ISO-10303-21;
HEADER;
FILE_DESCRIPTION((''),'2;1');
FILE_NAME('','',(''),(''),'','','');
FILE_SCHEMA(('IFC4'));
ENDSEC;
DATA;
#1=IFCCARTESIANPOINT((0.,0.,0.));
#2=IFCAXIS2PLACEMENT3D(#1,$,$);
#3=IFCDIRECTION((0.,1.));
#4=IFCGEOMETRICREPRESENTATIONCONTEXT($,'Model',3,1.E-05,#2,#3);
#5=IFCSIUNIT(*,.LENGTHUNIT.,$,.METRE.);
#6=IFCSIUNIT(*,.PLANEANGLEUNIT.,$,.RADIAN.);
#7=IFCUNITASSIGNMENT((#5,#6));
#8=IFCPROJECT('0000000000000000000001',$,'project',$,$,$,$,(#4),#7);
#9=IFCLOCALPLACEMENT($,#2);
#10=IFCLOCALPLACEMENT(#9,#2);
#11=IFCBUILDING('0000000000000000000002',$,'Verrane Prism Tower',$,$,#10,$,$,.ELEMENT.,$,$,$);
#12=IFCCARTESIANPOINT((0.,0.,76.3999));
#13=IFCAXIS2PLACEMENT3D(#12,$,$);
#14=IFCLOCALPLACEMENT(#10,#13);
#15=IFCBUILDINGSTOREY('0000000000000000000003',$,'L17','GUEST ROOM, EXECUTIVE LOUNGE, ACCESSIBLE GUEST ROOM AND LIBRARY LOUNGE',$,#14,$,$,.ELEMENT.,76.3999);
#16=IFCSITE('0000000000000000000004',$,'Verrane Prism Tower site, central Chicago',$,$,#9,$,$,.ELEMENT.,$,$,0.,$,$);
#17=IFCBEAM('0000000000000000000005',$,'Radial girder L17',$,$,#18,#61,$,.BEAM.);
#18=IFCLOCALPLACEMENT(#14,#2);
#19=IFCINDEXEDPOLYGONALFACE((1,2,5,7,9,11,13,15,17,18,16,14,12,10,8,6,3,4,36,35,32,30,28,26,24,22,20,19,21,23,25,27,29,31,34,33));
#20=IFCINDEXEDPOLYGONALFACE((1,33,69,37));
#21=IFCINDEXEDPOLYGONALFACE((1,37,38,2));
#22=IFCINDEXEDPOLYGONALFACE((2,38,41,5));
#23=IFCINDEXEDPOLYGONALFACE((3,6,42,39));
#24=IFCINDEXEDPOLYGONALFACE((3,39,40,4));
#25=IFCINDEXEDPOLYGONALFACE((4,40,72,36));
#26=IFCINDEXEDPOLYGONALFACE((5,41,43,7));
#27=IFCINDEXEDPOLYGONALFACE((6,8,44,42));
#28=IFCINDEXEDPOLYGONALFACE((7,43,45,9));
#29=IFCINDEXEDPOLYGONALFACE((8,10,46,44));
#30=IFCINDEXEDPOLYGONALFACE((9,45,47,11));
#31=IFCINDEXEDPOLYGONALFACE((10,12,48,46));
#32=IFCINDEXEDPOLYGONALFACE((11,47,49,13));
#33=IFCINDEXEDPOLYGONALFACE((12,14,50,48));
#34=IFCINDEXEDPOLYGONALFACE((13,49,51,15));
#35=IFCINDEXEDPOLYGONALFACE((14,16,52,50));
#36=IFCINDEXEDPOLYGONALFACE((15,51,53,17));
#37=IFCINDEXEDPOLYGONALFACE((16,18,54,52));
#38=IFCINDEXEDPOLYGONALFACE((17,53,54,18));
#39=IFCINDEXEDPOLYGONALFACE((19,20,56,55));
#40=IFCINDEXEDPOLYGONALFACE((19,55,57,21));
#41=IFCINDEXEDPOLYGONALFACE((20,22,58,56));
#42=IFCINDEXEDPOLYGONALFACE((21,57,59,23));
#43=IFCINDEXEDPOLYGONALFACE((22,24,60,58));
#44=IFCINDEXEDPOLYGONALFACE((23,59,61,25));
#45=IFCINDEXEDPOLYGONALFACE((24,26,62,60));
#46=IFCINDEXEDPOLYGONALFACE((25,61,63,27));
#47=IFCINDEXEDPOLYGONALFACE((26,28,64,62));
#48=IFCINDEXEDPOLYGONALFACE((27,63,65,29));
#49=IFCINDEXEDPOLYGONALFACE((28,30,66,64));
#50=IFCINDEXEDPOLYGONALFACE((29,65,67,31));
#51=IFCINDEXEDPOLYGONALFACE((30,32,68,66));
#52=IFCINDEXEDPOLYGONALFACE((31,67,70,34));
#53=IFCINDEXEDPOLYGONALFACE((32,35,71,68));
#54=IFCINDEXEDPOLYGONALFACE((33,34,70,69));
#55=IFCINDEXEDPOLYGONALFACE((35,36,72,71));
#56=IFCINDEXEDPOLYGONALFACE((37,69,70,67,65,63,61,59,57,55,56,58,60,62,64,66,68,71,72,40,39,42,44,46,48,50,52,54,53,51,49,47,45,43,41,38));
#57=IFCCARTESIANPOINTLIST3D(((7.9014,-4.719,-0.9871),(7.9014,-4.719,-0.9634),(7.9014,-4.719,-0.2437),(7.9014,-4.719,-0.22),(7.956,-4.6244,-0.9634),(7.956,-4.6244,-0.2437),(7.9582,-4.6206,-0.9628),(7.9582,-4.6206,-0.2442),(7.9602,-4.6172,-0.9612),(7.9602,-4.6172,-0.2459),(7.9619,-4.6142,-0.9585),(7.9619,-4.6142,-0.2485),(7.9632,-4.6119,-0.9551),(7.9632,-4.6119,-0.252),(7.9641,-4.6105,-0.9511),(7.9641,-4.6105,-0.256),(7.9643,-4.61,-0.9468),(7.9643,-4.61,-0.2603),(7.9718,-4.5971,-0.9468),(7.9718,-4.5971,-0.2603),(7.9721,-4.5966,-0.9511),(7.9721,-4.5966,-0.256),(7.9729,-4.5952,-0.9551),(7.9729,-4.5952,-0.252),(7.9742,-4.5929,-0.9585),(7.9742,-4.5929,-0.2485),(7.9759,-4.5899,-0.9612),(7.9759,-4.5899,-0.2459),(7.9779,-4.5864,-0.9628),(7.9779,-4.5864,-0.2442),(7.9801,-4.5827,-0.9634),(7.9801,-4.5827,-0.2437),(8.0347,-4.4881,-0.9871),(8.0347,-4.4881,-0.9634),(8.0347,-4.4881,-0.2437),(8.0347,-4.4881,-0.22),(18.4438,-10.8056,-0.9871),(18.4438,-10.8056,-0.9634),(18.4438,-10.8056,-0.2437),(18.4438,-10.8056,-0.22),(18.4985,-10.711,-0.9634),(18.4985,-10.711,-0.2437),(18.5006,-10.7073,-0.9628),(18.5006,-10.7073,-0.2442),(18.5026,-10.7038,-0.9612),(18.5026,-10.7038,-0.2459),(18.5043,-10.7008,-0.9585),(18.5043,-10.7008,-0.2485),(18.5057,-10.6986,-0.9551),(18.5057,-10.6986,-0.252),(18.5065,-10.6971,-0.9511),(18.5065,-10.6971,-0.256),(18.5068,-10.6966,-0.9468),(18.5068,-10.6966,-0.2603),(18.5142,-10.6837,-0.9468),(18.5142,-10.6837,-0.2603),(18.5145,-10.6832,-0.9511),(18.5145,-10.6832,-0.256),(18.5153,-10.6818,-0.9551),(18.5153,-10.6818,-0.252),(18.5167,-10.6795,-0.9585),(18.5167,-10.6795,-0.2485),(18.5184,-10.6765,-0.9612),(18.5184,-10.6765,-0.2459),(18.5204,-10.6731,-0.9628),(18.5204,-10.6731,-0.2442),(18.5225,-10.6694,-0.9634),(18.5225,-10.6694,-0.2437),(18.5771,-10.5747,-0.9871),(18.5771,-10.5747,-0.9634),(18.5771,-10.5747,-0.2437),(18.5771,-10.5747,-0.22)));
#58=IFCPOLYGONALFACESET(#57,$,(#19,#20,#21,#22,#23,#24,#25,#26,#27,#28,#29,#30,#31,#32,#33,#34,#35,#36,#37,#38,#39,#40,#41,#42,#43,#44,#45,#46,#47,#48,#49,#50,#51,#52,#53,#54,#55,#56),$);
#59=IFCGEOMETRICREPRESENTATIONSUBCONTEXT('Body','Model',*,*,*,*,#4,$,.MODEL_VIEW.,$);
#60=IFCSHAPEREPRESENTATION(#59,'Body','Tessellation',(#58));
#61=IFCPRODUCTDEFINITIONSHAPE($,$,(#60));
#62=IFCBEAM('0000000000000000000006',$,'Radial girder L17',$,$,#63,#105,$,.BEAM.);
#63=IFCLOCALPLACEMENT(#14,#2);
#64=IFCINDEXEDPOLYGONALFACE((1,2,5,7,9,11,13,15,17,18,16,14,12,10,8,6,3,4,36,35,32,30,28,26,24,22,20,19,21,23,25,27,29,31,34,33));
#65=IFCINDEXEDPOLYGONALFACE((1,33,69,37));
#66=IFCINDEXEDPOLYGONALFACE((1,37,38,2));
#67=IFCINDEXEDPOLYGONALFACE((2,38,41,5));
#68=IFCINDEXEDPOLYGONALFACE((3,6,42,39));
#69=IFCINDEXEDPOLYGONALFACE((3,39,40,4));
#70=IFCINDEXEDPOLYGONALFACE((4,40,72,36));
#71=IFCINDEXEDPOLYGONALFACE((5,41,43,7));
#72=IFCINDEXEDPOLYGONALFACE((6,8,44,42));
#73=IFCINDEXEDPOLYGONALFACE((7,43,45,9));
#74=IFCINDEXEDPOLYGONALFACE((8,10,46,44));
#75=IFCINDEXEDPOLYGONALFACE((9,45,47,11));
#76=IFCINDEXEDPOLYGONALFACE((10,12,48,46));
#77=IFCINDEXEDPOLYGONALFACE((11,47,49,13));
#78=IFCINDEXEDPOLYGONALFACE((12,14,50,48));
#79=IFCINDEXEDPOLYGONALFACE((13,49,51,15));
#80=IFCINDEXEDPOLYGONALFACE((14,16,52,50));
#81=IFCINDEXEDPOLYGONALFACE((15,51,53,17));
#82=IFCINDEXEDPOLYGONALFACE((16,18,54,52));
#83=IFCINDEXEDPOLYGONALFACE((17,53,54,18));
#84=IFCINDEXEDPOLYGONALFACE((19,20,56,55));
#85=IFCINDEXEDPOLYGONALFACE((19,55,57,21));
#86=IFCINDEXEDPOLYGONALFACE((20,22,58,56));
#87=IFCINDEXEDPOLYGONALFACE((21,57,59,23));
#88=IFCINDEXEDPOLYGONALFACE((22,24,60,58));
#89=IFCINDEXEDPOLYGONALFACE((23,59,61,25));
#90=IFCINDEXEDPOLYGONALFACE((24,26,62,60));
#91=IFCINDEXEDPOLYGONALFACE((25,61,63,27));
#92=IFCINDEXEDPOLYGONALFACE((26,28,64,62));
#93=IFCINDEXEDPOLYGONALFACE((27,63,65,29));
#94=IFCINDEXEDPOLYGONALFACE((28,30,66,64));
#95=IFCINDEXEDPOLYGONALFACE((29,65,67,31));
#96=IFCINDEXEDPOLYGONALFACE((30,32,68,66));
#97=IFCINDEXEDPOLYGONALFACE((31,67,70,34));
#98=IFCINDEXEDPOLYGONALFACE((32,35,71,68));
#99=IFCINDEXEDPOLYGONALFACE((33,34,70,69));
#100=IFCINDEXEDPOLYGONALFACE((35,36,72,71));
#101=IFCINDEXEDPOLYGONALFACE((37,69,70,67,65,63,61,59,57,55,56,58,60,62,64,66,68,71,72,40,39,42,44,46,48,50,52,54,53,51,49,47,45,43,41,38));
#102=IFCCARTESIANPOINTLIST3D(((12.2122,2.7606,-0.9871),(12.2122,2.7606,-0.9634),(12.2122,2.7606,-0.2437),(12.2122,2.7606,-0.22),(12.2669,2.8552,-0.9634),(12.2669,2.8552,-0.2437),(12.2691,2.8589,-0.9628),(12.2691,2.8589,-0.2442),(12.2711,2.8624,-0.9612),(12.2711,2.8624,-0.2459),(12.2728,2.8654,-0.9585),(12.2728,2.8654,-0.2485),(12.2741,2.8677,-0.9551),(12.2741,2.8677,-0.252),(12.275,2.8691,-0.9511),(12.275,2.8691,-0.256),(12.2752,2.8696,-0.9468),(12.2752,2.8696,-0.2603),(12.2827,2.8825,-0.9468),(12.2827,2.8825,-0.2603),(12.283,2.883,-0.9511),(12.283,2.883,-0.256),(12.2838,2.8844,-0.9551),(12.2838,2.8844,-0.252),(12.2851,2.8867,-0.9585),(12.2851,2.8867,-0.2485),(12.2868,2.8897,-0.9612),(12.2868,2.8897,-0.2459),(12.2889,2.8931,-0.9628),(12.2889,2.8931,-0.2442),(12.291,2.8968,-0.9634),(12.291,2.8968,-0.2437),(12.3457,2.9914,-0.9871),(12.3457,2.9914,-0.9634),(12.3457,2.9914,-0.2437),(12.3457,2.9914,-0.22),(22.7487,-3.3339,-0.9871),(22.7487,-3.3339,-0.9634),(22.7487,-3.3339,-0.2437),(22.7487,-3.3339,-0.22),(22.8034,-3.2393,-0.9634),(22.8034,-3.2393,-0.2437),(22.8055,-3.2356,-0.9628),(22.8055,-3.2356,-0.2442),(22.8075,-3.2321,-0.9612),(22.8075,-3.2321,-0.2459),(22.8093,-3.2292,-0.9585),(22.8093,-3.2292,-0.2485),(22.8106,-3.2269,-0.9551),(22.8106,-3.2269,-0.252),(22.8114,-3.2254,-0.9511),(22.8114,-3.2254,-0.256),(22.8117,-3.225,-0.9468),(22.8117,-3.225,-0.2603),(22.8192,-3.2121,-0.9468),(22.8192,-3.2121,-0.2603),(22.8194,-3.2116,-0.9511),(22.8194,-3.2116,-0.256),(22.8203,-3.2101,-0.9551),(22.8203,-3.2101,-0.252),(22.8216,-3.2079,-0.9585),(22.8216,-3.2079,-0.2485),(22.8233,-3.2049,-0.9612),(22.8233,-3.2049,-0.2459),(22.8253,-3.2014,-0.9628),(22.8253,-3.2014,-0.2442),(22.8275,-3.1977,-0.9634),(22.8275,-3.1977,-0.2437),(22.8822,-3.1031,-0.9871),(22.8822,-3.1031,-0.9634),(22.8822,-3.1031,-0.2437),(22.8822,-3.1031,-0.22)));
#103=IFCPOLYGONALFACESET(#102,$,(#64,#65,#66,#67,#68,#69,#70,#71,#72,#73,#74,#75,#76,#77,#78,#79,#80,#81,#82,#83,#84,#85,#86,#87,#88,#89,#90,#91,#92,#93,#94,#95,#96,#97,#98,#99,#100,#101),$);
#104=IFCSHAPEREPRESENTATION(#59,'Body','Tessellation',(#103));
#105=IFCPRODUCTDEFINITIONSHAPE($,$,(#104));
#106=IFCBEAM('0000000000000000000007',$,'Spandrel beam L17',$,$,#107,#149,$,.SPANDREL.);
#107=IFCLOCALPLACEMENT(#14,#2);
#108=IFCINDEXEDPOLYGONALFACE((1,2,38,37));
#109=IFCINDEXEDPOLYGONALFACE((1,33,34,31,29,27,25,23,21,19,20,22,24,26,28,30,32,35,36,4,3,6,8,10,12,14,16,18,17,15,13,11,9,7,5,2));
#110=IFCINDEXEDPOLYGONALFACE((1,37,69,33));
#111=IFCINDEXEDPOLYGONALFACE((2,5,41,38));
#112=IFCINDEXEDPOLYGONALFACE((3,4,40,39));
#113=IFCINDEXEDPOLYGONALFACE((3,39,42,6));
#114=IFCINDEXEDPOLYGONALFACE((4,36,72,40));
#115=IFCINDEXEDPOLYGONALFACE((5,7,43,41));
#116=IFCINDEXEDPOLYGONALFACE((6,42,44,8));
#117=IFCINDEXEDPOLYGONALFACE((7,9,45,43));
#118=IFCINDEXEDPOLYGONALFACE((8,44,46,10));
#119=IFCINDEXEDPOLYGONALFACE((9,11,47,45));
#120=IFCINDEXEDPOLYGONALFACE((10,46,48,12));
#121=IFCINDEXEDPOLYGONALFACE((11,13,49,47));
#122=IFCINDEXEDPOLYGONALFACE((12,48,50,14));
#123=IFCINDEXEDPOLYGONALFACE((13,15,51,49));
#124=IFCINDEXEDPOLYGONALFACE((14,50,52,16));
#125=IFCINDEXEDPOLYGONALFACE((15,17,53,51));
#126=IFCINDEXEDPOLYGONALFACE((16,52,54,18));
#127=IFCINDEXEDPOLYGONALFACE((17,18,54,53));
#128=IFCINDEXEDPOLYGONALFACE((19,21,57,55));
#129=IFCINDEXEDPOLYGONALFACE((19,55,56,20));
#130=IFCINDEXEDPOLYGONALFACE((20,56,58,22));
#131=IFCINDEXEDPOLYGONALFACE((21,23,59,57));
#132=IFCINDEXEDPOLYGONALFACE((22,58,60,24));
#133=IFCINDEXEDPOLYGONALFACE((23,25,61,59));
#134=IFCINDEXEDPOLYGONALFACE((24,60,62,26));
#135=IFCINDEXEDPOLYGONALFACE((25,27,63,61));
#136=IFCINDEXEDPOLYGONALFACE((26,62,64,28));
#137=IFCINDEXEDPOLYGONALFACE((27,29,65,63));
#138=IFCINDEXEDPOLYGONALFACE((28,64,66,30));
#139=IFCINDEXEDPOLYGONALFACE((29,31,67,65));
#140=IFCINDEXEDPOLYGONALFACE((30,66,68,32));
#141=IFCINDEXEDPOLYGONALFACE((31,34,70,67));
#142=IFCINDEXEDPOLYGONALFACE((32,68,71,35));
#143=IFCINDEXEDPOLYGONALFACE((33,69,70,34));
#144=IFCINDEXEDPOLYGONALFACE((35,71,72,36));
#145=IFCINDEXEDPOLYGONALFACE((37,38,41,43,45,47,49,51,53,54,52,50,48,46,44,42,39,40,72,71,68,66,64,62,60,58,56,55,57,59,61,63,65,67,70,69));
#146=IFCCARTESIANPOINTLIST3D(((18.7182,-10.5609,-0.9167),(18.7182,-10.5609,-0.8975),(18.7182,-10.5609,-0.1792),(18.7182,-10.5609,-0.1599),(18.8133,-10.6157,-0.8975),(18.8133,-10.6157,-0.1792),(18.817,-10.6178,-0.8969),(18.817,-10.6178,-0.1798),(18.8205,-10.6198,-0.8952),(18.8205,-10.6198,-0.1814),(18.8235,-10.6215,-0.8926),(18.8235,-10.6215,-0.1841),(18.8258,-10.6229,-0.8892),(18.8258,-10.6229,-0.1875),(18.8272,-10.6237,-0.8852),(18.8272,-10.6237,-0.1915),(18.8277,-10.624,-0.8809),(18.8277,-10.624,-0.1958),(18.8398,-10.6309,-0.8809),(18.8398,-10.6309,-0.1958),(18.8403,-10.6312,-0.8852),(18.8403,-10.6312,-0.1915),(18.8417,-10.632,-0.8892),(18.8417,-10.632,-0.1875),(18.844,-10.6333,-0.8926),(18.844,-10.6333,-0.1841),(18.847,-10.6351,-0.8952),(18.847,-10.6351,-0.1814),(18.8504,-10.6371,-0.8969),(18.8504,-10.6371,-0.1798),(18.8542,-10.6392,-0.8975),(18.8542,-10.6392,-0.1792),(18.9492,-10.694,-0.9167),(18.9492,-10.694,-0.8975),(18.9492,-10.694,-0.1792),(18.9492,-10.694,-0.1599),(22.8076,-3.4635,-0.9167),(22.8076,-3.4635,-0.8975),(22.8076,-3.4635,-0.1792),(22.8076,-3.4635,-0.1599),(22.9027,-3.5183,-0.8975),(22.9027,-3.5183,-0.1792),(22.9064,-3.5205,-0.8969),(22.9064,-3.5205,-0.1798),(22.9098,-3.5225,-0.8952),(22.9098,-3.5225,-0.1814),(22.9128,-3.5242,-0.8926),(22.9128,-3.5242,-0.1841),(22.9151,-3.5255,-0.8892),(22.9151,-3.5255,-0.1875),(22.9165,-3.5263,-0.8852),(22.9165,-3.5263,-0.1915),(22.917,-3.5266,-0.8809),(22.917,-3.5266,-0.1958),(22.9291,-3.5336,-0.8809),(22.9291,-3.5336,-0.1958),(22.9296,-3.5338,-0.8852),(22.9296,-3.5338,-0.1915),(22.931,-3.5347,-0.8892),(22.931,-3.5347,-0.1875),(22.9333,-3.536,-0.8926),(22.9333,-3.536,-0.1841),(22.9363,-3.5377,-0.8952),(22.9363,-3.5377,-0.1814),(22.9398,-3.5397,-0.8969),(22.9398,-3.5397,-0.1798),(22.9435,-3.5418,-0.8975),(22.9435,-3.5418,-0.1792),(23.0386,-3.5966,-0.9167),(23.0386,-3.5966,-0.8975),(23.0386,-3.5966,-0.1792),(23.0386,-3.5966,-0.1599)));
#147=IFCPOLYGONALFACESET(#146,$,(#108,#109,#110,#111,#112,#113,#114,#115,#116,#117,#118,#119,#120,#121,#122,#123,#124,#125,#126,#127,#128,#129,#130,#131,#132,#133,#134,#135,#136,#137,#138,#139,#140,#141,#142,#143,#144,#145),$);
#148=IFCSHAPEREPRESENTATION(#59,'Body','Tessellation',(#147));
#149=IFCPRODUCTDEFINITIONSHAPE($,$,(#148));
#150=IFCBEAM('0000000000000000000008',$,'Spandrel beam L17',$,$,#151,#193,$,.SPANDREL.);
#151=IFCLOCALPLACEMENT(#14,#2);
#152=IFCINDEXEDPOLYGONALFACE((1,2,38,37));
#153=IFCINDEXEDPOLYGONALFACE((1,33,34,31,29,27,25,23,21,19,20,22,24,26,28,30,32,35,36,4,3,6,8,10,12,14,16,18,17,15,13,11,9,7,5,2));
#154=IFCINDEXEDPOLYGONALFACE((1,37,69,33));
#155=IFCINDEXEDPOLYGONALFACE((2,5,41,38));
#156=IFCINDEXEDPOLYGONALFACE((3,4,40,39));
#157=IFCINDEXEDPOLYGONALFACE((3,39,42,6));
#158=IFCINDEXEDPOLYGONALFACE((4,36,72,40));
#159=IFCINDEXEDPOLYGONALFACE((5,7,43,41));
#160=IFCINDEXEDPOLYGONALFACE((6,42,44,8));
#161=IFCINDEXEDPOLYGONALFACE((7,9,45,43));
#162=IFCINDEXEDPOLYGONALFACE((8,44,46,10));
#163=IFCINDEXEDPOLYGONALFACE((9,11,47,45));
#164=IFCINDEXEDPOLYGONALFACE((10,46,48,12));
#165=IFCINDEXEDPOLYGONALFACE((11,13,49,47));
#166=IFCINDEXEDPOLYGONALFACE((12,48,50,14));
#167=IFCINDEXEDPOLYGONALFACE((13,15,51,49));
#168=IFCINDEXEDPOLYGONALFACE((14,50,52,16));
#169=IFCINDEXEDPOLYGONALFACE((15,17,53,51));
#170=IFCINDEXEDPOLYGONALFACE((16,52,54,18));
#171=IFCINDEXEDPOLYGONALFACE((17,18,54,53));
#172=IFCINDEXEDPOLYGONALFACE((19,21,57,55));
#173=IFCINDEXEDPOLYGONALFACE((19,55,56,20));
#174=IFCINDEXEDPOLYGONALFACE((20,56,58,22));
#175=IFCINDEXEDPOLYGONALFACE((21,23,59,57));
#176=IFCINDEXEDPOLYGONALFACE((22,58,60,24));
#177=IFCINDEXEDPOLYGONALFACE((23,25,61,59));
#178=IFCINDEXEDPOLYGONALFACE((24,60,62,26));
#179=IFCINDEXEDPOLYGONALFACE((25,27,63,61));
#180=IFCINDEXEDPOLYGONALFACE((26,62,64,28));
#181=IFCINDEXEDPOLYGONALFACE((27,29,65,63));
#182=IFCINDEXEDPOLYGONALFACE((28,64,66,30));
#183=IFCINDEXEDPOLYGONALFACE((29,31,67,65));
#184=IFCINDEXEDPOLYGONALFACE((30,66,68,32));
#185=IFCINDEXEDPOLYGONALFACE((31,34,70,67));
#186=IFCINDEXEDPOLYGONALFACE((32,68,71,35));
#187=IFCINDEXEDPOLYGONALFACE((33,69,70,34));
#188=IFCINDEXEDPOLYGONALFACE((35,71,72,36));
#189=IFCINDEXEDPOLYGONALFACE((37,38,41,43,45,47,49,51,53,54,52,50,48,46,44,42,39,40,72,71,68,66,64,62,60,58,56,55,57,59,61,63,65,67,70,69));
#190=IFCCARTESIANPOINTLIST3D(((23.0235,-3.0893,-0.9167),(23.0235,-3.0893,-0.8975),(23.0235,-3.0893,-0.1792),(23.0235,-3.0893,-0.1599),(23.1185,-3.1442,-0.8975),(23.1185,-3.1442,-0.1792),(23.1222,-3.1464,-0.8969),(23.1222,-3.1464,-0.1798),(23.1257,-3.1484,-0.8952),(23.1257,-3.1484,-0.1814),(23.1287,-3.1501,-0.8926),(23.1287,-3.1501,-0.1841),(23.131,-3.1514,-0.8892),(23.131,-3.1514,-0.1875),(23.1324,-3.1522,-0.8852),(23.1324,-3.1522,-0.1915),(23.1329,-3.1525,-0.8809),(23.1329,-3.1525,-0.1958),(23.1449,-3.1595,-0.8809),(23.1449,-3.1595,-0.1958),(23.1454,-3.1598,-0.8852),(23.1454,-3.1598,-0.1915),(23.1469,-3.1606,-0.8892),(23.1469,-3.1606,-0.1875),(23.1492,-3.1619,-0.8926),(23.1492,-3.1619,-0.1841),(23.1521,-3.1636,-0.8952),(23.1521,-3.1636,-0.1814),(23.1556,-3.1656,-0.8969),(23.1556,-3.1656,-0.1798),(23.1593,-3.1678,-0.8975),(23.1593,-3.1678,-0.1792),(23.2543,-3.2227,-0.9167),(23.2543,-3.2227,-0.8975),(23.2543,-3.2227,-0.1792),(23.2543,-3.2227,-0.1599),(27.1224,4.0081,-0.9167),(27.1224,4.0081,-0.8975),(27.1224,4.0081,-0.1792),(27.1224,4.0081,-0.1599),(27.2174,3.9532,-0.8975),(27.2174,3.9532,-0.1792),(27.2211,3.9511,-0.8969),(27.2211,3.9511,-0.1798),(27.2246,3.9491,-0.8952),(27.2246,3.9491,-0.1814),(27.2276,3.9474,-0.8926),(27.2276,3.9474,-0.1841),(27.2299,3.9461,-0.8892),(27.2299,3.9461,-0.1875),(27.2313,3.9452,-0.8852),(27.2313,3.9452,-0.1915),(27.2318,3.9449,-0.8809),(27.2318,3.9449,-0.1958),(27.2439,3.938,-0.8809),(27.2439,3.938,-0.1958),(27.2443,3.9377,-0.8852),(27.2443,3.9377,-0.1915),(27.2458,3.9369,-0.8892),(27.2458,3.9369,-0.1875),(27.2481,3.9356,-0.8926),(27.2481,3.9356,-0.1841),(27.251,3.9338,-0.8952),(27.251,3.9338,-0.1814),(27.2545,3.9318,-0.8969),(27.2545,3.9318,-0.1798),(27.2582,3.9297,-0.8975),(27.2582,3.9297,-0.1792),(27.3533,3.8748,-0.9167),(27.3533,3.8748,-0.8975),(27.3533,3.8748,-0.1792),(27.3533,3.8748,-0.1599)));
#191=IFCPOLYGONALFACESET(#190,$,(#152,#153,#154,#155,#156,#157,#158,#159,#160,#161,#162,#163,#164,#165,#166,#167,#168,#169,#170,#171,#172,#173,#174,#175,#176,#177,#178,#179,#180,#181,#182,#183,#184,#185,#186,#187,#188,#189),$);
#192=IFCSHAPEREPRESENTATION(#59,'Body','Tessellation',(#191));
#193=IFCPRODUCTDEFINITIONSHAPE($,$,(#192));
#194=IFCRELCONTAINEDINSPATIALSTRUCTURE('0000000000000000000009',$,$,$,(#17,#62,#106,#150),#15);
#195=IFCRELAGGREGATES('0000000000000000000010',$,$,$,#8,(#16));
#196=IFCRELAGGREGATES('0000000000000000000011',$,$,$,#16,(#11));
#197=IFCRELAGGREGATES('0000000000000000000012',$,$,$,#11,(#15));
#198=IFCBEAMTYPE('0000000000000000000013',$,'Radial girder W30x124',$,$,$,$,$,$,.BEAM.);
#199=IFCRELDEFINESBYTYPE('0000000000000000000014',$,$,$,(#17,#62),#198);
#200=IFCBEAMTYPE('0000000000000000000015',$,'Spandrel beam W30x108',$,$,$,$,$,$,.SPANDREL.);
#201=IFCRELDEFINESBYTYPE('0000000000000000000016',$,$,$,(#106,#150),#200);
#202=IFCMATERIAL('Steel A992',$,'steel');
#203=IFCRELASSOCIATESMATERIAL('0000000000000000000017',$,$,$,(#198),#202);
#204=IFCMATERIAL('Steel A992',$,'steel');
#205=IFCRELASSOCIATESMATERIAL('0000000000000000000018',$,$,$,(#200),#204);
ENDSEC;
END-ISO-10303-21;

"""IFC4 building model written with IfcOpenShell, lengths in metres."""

from ifc_helpers import new_model, si_unit, direction, frame, origin, origin_2d, place, context, subcontext, project, spatial, i_section, extrude, material, material_profile, profile_set, type_object, element, save


model = new_model("IFC4")

# Units and contexts
model_context = context("Model", 3, precision=1e-05, world=origin(), true_north=direction((0.0, 1.0)))
body_context = subcontext(model_context, "Body", "Model", "MODEL_VIEW")
ifc_project = project(units=[si_unit("LENGTHUNIT", "METRE"), si_unit("PLANEANGLEUNIT", "RADIAN")], contexts=[model_context])

# Site, building, storey
site_placement = place(None, origin())
site = spatial("IfcSite", under=ifc_project, at=site_placement, Name="Verrane Prism Tower site, central Chicago", CompositionType="ELEMENT", RefElevation=0.0)
building_placement = place(site_placement, origin())
building = spatial("IfcBuilding", under=site, at=building_placement, Name="Verrane Prism Tower", CompositionType="ELEMENT")
storey_placement = place(building_placement, frame((0.0, 0.0, 76.3999)))
storey = spatial("IfcBuildingStorey", under=building, at=storey_placement, Name="L17", Description="GUEST ROOM, EXECUTIVE LOUNGE, ACCESSIBLE GUEST ROOM AND LIBRARY LOUNGE", CompositionType="ELEMENT", Elevation=76.3999)

# Beams
ifc_material_1 = material(Name="Steel A992", Category="steel")
ifc_material_profile_1 = material_profile(ifc_material_1, i_section(OverallWidth=0.2666, OverallDepth=0.7671, WebThickness=0.0149, FlangeThickness=0.0237, FilletRadius=0.0166, at=origin_2d()), Name="W30x124")
ifc_profile_set_1 = profile_set([ifc_material_profile_1], Name="Steel A992")
beam_type_1 = type_object("IfcBeamType", Name="Radial girder W30x124", PredefinedType="BEAM", material=ifc_profile_set_1)
beam_1_placement = place(storey_placement, frame((18.5105, -10.6902, -0.6035), z_axis=(-0.866027, 0.499998, 0.0), x_axis=(-0.499998, -0.866027, 0.0)))
element("IfcBeam", 1, at=beam_1_placement, inside=storey, type_object=beam_type_1, Name="Radial girder L17", PredefinedType="BEAM", context=body_context, shape_type="SweptSolid", body=[
    extrude(i_section(OverallWidth=0.2666, OverallDepth=0.7671, WebThickness=0.0149, FlangeThickness=0.0237, FilletRadius=0.0166, at=origin_2d()), origin(), (0.0, 0.0, 1.0), 12.1733),
])
beam_2_placement = place(storey_placement, frame((22.8154, -3.2185, -0.6035), z_axis=(-0.865623, 0.500696, 0.0), x_axis=(-0.500696, -0.865623, 0.0)))
element("IfcBeam", 2, at=beam_2_placement, inside=storey, type_object=beam_type_1, Name="Radial girder L17", PredefinedType="BEAM", context=body_context, shape_type="SweptSolid", body=[
    extrude(i_section(OverallWidth=0.2666, OverallDepth=0.7671, WebThickness=0.0149, FlangeThickness=0.0237, FilletRadius=0.0166, at=origin_2d()), origin(), (0.0, 0.0, 1.0), 12.1721),
])
ifc_material_2 = material(Name="Steel A992", Category="steel")
ifc_material_profile_2 = material_profile(ifc_material_2, i_section(OverallWidth=0.2666, OverallDepth=0.7568, WebThickness=0.0139, FlangeThickness=0.0193, FilletRadius=0.0166, at=origin_2d()), Name="W30x108")
ifc_profile_set_2 = profile_set([ifc_material_profile_2], Name="Steel A992")
beam_type_2 = type_object("IfcBeamType", Name="Spandrel beam W30x108", PredefinedType="SPANDREL", material=ifc_profile_set_2)
beam_3_placement = place(storey_placement, frame((18.8337, -10.6274, -0.5383), z_axis=(0.499236, 0.866466, 0.0), x_axis=(-0.866466, 0.499236, 0.0)))
element("IfcBeam", 3, at=beam_3_placement, inside=storey, type_object=beam_type_2, Name="Spandrel beam L17", PredefinedType="SPANDREL", context=body_context, shape_type="SweptSolid", body=[
    extrude(i_section(OverallWidth=0.2666, OverallDepth=0.7568, WebThickness=0.0139, FlangeThickness=0.0193, FilletRadius=0.0166, at=origin_2d()), origin(), (0.0, 0.0, 1.0), 8.1912),
])
beam_4_placement = place(storey_placement, frame((23.1389, -3.156, -0.5383), z_axis=(0.500108, 0.865963, 0.0), x_axis=(-0.865963, 0.500108, 0.0)))
element("IfcBeam", 4, at=beam_4_placement, inside=storey, type_object=beam_type_2, Name="Spandrel beam L17", PredefinedType="SPANDREL", context=body_context, shape_type="SweptSolid", body=[
    extrude(i_section(OverallWidth=0.2666, OverallDepth=0.7568, WebThickness=0.0139, FlangeThickness=0.0193, FilletRadius=0.0166, at=origin_2d()), origin(), (0.0, 0.0, 1.0), 8.196),
])

save(model, "model.ifc")
